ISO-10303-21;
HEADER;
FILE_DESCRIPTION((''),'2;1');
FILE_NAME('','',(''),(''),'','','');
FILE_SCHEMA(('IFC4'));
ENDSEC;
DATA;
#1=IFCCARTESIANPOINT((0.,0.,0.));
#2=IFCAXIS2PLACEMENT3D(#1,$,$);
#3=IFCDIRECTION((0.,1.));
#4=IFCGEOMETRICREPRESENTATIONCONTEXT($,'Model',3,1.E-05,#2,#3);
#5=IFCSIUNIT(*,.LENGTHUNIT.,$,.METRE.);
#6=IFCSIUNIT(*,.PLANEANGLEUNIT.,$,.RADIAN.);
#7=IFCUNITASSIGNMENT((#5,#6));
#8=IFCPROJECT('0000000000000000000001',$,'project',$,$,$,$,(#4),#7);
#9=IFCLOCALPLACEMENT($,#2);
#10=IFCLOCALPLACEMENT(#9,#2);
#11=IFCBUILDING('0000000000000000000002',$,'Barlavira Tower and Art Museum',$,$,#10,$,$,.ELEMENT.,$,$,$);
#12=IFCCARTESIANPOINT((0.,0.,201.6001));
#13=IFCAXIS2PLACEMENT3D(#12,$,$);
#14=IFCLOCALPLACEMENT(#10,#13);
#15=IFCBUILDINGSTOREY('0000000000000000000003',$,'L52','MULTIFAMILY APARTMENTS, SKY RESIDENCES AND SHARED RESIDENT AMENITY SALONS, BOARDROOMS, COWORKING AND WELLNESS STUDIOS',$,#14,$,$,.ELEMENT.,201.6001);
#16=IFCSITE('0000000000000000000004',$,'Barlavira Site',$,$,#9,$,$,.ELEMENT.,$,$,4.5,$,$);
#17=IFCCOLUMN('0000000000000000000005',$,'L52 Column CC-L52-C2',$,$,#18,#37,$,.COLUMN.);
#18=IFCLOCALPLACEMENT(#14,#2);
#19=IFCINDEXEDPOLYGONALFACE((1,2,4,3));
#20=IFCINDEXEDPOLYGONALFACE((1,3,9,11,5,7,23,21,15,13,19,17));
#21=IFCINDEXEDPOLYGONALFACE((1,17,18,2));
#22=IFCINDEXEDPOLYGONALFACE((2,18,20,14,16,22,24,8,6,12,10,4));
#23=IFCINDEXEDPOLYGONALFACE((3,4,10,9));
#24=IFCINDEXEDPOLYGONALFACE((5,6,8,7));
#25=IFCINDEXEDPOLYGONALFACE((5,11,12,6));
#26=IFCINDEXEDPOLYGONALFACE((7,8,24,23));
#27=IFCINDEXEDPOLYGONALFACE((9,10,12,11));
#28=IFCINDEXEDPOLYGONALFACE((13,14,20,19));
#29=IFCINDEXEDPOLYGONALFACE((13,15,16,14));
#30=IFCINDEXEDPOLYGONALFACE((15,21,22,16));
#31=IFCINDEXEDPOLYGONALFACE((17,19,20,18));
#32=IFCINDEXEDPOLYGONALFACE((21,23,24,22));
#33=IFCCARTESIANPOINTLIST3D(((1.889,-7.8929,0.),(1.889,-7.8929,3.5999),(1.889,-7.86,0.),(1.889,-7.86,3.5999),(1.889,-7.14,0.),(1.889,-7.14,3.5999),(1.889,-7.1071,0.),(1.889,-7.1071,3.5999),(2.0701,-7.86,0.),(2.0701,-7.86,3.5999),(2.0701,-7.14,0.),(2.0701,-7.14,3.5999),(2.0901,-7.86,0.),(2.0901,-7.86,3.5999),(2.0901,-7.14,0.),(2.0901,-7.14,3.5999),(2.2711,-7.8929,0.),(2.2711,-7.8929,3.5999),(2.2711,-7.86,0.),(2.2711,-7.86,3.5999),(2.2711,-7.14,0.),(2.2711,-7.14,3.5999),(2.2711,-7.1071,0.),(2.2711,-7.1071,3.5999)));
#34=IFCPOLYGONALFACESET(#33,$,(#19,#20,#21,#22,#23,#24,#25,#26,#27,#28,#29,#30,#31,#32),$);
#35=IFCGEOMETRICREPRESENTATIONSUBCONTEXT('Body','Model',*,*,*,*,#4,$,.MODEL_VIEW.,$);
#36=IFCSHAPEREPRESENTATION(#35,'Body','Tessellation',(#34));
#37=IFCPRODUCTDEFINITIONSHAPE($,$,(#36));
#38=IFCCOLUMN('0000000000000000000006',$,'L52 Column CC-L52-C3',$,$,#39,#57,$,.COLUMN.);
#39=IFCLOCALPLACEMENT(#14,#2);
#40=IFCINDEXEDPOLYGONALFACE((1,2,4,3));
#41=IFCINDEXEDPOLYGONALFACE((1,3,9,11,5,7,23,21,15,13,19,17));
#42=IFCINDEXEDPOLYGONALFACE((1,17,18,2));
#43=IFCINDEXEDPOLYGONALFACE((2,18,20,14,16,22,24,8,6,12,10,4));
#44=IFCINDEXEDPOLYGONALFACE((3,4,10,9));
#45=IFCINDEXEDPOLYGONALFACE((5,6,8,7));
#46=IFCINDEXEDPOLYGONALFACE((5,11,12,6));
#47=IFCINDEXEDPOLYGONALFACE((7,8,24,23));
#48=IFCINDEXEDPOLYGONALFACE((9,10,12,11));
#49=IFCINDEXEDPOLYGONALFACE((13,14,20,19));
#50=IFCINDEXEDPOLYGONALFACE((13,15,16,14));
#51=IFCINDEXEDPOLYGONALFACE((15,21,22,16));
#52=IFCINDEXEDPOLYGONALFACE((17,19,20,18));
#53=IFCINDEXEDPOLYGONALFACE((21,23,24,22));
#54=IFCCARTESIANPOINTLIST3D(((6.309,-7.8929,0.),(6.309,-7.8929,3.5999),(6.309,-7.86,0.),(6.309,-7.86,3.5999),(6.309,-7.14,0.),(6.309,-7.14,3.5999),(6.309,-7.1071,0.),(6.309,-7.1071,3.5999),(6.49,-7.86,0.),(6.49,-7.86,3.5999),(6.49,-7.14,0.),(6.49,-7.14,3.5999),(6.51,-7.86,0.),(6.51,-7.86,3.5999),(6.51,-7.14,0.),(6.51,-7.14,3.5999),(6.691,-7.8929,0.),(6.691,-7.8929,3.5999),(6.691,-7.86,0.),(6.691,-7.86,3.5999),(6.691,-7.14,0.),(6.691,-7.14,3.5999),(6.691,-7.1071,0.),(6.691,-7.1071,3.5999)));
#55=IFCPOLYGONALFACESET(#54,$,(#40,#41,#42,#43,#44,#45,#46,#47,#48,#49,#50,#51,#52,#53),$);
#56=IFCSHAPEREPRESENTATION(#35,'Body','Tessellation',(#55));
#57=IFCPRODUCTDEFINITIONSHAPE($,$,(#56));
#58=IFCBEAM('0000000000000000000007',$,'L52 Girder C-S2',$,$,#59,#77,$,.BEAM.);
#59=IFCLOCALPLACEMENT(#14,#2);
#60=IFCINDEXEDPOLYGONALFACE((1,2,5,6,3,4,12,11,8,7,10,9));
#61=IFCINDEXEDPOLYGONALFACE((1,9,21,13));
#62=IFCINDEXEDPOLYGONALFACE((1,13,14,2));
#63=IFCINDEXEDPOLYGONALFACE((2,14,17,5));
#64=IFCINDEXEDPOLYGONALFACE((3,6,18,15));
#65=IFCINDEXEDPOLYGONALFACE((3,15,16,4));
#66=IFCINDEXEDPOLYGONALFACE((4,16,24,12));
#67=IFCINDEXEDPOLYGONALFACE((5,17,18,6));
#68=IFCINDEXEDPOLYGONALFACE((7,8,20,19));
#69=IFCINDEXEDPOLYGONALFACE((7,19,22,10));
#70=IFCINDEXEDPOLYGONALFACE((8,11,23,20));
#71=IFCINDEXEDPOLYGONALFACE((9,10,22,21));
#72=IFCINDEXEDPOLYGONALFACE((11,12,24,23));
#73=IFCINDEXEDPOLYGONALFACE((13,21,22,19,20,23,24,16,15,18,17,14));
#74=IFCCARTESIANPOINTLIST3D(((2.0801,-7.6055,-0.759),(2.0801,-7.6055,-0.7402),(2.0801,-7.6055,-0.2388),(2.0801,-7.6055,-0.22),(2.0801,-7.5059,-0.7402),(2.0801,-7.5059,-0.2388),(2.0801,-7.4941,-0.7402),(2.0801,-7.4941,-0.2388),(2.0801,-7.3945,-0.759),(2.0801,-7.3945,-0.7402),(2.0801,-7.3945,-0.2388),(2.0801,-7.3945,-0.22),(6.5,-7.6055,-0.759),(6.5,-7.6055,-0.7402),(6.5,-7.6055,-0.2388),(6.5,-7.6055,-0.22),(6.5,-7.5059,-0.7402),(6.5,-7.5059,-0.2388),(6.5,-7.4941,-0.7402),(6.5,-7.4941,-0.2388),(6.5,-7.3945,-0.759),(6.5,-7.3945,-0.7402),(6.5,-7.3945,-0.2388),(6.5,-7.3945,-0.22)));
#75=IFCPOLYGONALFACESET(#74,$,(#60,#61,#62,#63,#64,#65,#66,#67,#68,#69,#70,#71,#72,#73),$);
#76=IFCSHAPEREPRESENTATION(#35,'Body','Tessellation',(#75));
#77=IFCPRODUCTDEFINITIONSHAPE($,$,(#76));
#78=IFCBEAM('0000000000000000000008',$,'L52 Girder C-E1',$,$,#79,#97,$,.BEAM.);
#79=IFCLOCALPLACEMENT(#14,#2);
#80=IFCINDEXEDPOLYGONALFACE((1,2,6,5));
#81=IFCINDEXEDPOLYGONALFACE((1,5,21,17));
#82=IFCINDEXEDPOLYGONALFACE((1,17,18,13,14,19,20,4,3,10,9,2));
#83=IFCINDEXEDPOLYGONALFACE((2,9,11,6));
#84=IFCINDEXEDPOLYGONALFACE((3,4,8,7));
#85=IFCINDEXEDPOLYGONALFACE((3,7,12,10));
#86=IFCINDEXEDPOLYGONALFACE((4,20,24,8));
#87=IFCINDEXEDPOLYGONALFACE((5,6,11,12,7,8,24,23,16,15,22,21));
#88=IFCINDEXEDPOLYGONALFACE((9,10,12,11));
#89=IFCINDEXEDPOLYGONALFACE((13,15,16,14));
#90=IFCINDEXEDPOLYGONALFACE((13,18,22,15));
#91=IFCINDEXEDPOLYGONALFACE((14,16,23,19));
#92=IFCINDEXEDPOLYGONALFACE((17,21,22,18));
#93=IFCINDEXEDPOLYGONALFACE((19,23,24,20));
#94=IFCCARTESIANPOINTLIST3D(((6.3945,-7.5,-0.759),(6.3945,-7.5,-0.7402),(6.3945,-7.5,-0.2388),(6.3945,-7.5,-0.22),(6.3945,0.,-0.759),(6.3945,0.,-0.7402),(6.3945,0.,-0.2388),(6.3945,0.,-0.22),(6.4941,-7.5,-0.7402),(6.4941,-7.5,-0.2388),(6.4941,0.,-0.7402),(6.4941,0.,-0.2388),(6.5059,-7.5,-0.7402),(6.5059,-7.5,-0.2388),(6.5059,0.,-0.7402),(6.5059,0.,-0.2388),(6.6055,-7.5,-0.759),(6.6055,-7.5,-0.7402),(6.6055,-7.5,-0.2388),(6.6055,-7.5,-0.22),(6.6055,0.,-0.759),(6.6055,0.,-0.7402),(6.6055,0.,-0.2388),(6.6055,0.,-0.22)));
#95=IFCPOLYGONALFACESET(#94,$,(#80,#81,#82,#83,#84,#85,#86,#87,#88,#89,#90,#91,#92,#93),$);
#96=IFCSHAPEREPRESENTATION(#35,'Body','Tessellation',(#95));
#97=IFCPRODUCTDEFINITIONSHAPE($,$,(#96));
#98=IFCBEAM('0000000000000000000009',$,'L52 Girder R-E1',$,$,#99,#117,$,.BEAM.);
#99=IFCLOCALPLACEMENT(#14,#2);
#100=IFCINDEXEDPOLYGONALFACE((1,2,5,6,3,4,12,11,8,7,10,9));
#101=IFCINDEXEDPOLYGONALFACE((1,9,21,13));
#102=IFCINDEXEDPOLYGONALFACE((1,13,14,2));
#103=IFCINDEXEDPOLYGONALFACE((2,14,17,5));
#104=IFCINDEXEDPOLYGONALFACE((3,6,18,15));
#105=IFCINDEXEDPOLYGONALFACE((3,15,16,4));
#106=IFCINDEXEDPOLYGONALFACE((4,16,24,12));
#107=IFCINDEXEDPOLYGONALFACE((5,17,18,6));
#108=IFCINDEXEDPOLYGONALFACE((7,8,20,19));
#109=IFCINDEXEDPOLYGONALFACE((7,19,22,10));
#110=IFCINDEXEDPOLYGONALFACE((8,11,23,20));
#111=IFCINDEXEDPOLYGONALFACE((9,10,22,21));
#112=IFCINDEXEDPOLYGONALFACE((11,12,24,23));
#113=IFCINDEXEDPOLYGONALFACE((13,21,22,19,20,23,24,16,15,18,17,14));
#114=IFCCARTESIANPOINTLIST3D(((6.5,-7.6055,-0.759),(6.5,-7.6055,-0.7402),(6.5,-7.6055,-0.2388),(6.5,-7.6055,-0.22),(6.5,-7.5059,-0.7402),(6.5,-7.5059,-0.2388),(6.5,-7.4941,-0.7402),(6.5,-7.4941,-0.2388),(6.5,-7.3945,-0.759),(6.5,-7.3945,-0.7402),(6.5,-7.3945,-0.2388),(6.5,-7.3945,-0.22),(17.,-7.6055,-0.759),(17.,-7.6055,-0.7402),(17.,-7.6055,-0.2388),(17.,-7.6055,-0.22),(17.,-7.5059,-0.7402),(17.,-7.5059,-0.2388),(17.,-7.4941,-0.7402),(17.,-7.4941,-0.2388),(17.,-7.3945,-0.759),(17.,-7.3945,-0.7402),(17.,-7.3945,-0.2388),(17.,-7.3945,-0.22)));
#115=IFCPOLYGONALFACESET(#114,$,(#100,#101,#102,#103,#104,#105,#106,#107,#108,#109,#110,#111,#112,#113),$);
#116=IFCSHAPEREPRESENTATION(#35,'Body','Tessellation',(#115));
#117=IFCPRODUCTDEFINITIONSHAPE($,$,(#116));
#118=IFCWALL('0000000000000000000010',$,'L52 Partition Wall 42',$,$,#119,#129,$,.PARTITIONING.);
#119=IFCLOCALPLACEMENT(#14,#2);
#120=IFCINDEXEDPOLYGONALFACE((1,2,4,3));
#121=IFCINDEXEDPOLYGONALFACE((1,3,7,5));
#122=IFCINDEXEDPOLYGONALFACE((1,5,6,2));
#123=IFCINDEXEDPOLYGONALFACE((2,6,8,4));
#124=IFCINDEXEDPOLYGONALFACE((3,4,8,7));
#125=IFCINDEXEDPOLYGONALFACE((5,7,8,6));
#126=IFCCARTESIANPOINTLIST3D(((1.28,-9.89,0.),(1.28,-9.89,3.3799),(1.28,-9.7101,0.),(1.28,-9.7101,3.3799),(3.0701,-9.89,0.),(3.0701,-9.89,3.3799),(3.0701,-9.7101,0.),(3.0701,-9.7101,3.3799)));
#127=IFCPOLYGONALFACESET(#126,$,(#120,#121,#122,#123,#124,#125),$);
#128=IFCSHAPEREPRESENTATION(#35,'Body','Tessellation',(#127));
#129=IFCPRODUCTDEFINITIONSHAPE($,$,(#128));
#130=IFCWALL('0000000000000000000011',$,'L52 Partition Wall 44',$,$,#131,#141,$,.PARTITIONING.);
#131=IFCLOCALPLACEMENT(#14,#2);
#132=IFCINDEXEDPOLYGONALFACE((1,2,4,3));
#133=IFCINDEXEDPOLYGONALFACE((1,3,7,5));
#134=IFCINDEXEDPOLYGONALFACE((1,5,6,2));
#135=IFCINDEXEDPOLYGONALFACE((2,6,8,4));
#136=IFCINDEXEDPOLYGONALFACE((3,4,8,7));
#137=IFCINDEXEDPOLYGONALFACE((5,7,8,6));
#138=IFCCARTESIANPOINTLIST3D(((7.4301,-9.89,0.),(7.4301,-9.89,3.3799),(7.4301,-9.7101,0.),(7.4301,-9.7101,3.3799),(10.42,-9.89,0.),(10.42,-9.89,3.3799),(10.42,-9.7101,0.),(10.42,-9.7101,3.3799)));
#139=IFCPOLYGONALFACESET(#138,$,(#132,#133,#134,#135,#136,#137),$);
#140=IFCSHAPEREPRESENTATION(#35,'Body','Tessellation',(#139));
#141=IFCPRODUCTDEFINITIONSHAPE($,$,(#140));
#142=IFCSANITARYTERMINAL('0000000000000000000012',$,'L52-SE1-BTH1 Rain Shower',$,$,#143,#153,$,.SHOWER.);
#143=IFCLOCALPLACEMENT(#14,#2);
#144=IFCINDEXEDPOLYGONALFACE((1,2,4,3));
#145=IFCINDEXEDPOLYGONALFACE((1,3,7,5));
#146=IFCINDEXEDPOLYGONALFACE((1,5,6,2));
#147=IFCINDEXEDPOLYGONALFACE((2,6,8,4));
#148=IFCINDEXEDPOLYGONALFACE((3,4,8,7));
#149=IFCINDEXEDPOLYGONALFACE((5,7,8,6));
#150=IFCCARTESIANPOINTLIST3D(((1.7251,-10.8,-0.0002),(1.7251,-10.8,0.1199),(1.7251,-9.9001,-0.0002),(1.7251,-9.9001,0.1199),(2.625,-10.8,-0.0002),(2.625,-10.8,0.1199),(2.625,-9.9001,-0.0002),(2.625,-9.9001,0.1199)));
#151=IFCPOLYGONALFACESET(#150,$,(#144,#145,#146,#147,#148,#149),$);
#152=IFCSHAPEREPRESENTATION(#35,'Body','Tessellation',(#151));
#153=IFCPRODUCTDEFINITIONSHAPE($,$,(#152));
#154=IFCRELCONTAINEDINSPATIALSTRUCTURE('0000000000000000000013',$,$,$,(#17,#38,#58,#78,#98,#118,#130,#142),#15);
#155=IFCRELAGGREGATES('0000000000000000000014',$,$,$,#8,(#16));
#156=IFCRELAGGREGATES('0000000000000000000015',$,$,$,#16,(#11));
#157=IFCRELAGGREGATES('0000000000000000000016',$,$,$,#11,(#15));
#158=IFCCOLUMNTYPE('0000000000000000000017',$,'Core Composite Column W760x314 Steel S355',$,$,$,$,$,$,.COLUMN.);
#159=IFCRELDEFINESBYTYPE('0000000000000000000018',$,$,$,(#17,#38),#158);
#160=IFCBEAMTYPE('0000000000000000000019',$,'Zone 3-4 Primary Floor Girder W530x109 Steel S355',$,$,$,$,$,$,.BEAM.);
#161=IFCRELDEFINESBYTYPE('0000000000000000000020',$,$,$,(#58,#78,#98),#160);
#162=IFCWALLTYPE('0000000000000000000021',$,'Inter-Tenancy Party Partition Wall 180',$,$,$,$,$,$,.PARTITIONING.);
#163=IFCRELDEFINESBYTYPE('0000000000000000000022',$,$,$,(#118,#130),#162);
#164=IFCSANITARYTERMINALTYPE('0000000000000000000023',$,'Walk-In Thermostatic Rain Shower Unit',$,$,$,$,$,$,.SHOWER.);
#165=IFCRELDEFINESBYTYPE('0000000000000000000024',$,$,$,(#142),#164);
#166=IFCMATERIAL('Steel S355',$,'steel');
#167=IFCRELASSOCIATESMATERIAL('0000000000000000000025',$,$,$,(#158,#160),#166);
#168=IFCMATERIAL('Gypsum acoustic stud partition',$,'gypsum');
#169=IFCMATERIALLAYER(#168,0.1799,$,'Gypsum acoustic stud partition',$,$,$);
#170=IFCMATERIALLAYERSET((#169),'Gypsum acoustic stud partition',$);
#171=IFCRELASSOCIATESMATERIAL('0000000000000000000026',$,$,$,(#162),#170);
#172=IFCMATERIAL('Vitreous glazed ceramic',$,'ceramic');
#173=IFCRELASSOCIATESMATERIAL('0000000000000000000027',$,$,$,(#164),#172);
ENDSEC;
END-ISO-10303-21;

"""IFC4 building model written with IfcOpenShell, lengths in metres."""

from ifc_helpers import new_model, si_unit, direction, frame, frame_2d, origin, origin_2d, place, context, subcontext, project, spatial, rectangle, i_section, extrude, material, layer, layer_set, material_profile, profile_set, type_object, element, save


model = new_model("IFC4")

# Units and contexts
model_context = context("Model", 3, precision=1e-05, world=origin(), true_north=direction((0.0, 1.0)))
body_context = subcontext(model_context, "Body", "Model", "MODEL_VIEW")
ifc_project = project(units=[si_unit("LENGTHUNIT", "METRE"), si_unit("PLANEANGLEUNIT", "RADIAN")], contexts=[model_context])

# Site, building, storey
site_placement = place(None, origin())
site = spatial("IfcSite", under=ifc_project, at=site_placement, Name="Barlavira Site", CompositionType="ELEMENT", RefElevation=4.5)
building_placement = place(site_placement, origin())
building = spatial("IfcBuilding", under=site, at=building_placement, Name="Barlavira Tower and Art Museum", CompositionType="ELEMENT")
storey_placement = place(building_placement, frame((0.0, 0.0, 201.6001)))
storey = spatial("IfcBuildingStorey", under=building, at=storey_placement, Name="L52", Description="MULTIFAMILY APARTMENTS, SKY RESIDENCES AND SHARED RESIDENT AMENITY SALONS, BOARDROOMS, COWORKING AND WELLNESS STUDIOS", CompositionType="ELEMENT", Elevation=201.6001)

# Columns
ifc_material_1 = material(Name="Steel S355", Category="steel")
ifc_material_profile_1 = material_profile(ifc_material_1, i_section(OverallWidth=0.3821, OverallDepth=0.7859, WebThickness=0.02, FlangeThickness=0.033, at=origin_2d()), Name="W760x314.0")
ifc_profile_set_1 = profile_set([ifc_material_profile_1], Name="Steel S355")
column_type = type_object("IfcColumnType", Name="Core Composite Column W760x314 Steel S355", PredefinedType="COLUMN", material=ifc_profile_set_1)
for number, where, z_axis, x_axis, name in (
    (1, (2.0801, -7.5, 0.0), (0.0, 0.0, 1.0), (1.0, 0.0, 0.0), "L52 Column CC-L52-C2"),
    (2, (6.5, -7.5, 0.0), (0.0, 0.0, 1.0), (1.0, 0.0, 0.0), "L52 Column CC-L52-C3"),
):
    element("IfcColumn", number, at=place(storey_placement, frame(where, z_axis=z_axis, x_axis=x_axis)), inside=storey, type_object=column_type, Name=name, PredefinedType="COLUMN", context=body_context, shape_type="SweptSolid", body=[
        extrude(i_section(OverallWidth=0.3821, OverallDepth=0.7859, WebThickness=0.02, FlangeThickness=0.033, at=origin_2d()), origin(), (0.0, 0.0, 1.0), 3.5999),
    ])

# Beams
ifc_material_profile_2 = material_profile(ifc_material_1, i_section(OverallWidth=0.2109, OverallDepth=0.5391, WebThickness=0.0117, FlangeThickness=0.0188, at=origin_2d()), Name="W530x109.0")
ifc_profile_set_2 = profile_set([ifc_material_profile_2], Name="Steel S355")
beam_type = type_object("IfcBeamType", Name="Zone 3-4 Primary Floor Girder W530x109 Steel S355", PredefinedType="BEAM", material=ifc_profile_set_2)
beam_1_placement = place(storey_placement, frame((2.0801, -7.5, -0.4895), z_axis=(1.0, 0.0, 0.0), x_axis=(0.0, 1.0, 0.0)))
element("IfcBeam", 3, at=beam_1_placement, inside=storey, type_object=beam_type, Name="L52 Girder C-S2", PredefinedType="BEAM", context=body_context, shape_type="SweptSolid", body=[
    extrude(i_section(OverallWidth=0.2109, OverallDepth=0.5391, WebThickness=0.0117, FlangeThickness=0.0188, at=origin_2d()), origin(), (0.0, 0.0, 1.0), 4.4199),
])
beam_2_placement = place(storey_placement, frame((6.5, -7.5, -0.4895), z_axis=(0.0, 1.0, 0.0), x_axis=(-1.0, 0.0, 0.0)))
element("IfcBeam", 4, at=beam_2_placement, inside=storey, type_object=beam_type, Name="L52 Girder C-E1", PredefinedType="BEAM", context=body_context, shape_type="SweptSolid", body=[
    extrude(i_section(OverallWidth=0.2109, OverallDepth=0.5391, WebThickness=0.0117, FlangeThickness=0.0188, at=origin_2d()), origin(), (0.0, 0.0, 1.0), 7.5),
])
beam_3_placement = place(storey_placement, frame((6.5, -7.5, -0.4895), z_axis=(1.0, 0.0, 0.0), x_axis=(0.0, 1.0, 0.0)))
element("IfcBeam", 5, at=beam_3_placement, inside=storey, type_object=beam_type, Name="L52 Girder R-E1", PredefinedType="BEAM", context=body_context, shape_type="SweptSolid", body=[
    extrude(i_section(OverallWidth=0.2109, OverallDepth=0.5391, WebThickness=0.0117, FlangeThickness=0.0188, at=origin_2d()), origin(), (0.0, 0.0, 1.0), 10.5),
])

# Shared definitions
ifc_material_2 = material(Name="Gypsum acoustic stud partition", Category="gypsum")
ifc_layer_1 = layer(ifc_material_2, 0.1799, Name="Gypsum acoustic stud partition")
ifc_layer_set_1 = layer_set([ifc_layer_1], Name="Gypsum acoustic stud partition")
wall_type_1 = type_object("IfcWallType", Name="Inter-Tenancy Party Partition Wall 180", PredefinedType="PARTITIONING", material=ifc_layer_set_1)

# Wall
wall_1_placement = place(storey_placement, frame((1.28, -9.8, 0.0), z_axis=(0.0, 0.0, 1.0), x_axis=(1.0, 0.0, 0.0)))
element("IfcWall", 6, at=wall_1_placement, inside=storey, type_object=wall_type_1, Name="L52 Partition Wall 42", PredefinedType="PARTITIONING", context=body_context, shape_type="SweptSolid", body=[
    extrude(rectangle(XDim=1.79, YDim=0.1799, at=frame_2d((0.895, 0.0))), origin(), (0.0, 0.0, 1.0), 3.3799),
])

# Wall
wall_2_placement = place(storey_placement, frame((7.4299, -9.8, 0.0), z_axis=(0.0, 0.0, 1.0), x_axis=(1.0, 0.0, 0.0)))
element("IfcWall", 7, at=wall_2_placement, inside=storey, type_object=wall_type_1, Name="L52 Partition Wall 44", PredefinedType="PARTITIONING", context=body_context, shape_type="SweptSolid", body=[
    extrude(rectangle(XDim=2.99, YDim=0.1799, at=frame_2d((1.4951, 0.0))), origin(), (0.0, 0.0, 1.0), 3.3799),
])

# Sanitary terminal
ifc_material_3 = material(Name="Vitreous glazed ceramic", Category="ceramic")
sanitary_terminal_type = type_object("IfcSanitaryTerminalType", Name="Walk-In Thermostatic Rain Shower Unit", PredefinedType="SHOWER", material=ifc_material_3)
sanitary_terminal_placement = place(storey_placement, frame((2.175, -10.3501, -0.0002), z_axis=(0.0, 0.0, 1.0), x_axis=(1.0, 0.0, 0.0)))
element("IfcSanitaryTerminal", 8, at=sanitary_terminal_placement, inside=storey, type_object=sanitary_terminal_type, Name="L52-SE1-BTH1 Rain Shower", PredefinedType="SHOWER", context=body_context, shape_type="SweptSolid", body=[
    extrude(rectangle(XDim=0.8999, YDim=0.8999, at=origin_2d()), origin(), (0.0, 0.0, 1.0), 0.1201),
])

save(model, "model.ifc")
